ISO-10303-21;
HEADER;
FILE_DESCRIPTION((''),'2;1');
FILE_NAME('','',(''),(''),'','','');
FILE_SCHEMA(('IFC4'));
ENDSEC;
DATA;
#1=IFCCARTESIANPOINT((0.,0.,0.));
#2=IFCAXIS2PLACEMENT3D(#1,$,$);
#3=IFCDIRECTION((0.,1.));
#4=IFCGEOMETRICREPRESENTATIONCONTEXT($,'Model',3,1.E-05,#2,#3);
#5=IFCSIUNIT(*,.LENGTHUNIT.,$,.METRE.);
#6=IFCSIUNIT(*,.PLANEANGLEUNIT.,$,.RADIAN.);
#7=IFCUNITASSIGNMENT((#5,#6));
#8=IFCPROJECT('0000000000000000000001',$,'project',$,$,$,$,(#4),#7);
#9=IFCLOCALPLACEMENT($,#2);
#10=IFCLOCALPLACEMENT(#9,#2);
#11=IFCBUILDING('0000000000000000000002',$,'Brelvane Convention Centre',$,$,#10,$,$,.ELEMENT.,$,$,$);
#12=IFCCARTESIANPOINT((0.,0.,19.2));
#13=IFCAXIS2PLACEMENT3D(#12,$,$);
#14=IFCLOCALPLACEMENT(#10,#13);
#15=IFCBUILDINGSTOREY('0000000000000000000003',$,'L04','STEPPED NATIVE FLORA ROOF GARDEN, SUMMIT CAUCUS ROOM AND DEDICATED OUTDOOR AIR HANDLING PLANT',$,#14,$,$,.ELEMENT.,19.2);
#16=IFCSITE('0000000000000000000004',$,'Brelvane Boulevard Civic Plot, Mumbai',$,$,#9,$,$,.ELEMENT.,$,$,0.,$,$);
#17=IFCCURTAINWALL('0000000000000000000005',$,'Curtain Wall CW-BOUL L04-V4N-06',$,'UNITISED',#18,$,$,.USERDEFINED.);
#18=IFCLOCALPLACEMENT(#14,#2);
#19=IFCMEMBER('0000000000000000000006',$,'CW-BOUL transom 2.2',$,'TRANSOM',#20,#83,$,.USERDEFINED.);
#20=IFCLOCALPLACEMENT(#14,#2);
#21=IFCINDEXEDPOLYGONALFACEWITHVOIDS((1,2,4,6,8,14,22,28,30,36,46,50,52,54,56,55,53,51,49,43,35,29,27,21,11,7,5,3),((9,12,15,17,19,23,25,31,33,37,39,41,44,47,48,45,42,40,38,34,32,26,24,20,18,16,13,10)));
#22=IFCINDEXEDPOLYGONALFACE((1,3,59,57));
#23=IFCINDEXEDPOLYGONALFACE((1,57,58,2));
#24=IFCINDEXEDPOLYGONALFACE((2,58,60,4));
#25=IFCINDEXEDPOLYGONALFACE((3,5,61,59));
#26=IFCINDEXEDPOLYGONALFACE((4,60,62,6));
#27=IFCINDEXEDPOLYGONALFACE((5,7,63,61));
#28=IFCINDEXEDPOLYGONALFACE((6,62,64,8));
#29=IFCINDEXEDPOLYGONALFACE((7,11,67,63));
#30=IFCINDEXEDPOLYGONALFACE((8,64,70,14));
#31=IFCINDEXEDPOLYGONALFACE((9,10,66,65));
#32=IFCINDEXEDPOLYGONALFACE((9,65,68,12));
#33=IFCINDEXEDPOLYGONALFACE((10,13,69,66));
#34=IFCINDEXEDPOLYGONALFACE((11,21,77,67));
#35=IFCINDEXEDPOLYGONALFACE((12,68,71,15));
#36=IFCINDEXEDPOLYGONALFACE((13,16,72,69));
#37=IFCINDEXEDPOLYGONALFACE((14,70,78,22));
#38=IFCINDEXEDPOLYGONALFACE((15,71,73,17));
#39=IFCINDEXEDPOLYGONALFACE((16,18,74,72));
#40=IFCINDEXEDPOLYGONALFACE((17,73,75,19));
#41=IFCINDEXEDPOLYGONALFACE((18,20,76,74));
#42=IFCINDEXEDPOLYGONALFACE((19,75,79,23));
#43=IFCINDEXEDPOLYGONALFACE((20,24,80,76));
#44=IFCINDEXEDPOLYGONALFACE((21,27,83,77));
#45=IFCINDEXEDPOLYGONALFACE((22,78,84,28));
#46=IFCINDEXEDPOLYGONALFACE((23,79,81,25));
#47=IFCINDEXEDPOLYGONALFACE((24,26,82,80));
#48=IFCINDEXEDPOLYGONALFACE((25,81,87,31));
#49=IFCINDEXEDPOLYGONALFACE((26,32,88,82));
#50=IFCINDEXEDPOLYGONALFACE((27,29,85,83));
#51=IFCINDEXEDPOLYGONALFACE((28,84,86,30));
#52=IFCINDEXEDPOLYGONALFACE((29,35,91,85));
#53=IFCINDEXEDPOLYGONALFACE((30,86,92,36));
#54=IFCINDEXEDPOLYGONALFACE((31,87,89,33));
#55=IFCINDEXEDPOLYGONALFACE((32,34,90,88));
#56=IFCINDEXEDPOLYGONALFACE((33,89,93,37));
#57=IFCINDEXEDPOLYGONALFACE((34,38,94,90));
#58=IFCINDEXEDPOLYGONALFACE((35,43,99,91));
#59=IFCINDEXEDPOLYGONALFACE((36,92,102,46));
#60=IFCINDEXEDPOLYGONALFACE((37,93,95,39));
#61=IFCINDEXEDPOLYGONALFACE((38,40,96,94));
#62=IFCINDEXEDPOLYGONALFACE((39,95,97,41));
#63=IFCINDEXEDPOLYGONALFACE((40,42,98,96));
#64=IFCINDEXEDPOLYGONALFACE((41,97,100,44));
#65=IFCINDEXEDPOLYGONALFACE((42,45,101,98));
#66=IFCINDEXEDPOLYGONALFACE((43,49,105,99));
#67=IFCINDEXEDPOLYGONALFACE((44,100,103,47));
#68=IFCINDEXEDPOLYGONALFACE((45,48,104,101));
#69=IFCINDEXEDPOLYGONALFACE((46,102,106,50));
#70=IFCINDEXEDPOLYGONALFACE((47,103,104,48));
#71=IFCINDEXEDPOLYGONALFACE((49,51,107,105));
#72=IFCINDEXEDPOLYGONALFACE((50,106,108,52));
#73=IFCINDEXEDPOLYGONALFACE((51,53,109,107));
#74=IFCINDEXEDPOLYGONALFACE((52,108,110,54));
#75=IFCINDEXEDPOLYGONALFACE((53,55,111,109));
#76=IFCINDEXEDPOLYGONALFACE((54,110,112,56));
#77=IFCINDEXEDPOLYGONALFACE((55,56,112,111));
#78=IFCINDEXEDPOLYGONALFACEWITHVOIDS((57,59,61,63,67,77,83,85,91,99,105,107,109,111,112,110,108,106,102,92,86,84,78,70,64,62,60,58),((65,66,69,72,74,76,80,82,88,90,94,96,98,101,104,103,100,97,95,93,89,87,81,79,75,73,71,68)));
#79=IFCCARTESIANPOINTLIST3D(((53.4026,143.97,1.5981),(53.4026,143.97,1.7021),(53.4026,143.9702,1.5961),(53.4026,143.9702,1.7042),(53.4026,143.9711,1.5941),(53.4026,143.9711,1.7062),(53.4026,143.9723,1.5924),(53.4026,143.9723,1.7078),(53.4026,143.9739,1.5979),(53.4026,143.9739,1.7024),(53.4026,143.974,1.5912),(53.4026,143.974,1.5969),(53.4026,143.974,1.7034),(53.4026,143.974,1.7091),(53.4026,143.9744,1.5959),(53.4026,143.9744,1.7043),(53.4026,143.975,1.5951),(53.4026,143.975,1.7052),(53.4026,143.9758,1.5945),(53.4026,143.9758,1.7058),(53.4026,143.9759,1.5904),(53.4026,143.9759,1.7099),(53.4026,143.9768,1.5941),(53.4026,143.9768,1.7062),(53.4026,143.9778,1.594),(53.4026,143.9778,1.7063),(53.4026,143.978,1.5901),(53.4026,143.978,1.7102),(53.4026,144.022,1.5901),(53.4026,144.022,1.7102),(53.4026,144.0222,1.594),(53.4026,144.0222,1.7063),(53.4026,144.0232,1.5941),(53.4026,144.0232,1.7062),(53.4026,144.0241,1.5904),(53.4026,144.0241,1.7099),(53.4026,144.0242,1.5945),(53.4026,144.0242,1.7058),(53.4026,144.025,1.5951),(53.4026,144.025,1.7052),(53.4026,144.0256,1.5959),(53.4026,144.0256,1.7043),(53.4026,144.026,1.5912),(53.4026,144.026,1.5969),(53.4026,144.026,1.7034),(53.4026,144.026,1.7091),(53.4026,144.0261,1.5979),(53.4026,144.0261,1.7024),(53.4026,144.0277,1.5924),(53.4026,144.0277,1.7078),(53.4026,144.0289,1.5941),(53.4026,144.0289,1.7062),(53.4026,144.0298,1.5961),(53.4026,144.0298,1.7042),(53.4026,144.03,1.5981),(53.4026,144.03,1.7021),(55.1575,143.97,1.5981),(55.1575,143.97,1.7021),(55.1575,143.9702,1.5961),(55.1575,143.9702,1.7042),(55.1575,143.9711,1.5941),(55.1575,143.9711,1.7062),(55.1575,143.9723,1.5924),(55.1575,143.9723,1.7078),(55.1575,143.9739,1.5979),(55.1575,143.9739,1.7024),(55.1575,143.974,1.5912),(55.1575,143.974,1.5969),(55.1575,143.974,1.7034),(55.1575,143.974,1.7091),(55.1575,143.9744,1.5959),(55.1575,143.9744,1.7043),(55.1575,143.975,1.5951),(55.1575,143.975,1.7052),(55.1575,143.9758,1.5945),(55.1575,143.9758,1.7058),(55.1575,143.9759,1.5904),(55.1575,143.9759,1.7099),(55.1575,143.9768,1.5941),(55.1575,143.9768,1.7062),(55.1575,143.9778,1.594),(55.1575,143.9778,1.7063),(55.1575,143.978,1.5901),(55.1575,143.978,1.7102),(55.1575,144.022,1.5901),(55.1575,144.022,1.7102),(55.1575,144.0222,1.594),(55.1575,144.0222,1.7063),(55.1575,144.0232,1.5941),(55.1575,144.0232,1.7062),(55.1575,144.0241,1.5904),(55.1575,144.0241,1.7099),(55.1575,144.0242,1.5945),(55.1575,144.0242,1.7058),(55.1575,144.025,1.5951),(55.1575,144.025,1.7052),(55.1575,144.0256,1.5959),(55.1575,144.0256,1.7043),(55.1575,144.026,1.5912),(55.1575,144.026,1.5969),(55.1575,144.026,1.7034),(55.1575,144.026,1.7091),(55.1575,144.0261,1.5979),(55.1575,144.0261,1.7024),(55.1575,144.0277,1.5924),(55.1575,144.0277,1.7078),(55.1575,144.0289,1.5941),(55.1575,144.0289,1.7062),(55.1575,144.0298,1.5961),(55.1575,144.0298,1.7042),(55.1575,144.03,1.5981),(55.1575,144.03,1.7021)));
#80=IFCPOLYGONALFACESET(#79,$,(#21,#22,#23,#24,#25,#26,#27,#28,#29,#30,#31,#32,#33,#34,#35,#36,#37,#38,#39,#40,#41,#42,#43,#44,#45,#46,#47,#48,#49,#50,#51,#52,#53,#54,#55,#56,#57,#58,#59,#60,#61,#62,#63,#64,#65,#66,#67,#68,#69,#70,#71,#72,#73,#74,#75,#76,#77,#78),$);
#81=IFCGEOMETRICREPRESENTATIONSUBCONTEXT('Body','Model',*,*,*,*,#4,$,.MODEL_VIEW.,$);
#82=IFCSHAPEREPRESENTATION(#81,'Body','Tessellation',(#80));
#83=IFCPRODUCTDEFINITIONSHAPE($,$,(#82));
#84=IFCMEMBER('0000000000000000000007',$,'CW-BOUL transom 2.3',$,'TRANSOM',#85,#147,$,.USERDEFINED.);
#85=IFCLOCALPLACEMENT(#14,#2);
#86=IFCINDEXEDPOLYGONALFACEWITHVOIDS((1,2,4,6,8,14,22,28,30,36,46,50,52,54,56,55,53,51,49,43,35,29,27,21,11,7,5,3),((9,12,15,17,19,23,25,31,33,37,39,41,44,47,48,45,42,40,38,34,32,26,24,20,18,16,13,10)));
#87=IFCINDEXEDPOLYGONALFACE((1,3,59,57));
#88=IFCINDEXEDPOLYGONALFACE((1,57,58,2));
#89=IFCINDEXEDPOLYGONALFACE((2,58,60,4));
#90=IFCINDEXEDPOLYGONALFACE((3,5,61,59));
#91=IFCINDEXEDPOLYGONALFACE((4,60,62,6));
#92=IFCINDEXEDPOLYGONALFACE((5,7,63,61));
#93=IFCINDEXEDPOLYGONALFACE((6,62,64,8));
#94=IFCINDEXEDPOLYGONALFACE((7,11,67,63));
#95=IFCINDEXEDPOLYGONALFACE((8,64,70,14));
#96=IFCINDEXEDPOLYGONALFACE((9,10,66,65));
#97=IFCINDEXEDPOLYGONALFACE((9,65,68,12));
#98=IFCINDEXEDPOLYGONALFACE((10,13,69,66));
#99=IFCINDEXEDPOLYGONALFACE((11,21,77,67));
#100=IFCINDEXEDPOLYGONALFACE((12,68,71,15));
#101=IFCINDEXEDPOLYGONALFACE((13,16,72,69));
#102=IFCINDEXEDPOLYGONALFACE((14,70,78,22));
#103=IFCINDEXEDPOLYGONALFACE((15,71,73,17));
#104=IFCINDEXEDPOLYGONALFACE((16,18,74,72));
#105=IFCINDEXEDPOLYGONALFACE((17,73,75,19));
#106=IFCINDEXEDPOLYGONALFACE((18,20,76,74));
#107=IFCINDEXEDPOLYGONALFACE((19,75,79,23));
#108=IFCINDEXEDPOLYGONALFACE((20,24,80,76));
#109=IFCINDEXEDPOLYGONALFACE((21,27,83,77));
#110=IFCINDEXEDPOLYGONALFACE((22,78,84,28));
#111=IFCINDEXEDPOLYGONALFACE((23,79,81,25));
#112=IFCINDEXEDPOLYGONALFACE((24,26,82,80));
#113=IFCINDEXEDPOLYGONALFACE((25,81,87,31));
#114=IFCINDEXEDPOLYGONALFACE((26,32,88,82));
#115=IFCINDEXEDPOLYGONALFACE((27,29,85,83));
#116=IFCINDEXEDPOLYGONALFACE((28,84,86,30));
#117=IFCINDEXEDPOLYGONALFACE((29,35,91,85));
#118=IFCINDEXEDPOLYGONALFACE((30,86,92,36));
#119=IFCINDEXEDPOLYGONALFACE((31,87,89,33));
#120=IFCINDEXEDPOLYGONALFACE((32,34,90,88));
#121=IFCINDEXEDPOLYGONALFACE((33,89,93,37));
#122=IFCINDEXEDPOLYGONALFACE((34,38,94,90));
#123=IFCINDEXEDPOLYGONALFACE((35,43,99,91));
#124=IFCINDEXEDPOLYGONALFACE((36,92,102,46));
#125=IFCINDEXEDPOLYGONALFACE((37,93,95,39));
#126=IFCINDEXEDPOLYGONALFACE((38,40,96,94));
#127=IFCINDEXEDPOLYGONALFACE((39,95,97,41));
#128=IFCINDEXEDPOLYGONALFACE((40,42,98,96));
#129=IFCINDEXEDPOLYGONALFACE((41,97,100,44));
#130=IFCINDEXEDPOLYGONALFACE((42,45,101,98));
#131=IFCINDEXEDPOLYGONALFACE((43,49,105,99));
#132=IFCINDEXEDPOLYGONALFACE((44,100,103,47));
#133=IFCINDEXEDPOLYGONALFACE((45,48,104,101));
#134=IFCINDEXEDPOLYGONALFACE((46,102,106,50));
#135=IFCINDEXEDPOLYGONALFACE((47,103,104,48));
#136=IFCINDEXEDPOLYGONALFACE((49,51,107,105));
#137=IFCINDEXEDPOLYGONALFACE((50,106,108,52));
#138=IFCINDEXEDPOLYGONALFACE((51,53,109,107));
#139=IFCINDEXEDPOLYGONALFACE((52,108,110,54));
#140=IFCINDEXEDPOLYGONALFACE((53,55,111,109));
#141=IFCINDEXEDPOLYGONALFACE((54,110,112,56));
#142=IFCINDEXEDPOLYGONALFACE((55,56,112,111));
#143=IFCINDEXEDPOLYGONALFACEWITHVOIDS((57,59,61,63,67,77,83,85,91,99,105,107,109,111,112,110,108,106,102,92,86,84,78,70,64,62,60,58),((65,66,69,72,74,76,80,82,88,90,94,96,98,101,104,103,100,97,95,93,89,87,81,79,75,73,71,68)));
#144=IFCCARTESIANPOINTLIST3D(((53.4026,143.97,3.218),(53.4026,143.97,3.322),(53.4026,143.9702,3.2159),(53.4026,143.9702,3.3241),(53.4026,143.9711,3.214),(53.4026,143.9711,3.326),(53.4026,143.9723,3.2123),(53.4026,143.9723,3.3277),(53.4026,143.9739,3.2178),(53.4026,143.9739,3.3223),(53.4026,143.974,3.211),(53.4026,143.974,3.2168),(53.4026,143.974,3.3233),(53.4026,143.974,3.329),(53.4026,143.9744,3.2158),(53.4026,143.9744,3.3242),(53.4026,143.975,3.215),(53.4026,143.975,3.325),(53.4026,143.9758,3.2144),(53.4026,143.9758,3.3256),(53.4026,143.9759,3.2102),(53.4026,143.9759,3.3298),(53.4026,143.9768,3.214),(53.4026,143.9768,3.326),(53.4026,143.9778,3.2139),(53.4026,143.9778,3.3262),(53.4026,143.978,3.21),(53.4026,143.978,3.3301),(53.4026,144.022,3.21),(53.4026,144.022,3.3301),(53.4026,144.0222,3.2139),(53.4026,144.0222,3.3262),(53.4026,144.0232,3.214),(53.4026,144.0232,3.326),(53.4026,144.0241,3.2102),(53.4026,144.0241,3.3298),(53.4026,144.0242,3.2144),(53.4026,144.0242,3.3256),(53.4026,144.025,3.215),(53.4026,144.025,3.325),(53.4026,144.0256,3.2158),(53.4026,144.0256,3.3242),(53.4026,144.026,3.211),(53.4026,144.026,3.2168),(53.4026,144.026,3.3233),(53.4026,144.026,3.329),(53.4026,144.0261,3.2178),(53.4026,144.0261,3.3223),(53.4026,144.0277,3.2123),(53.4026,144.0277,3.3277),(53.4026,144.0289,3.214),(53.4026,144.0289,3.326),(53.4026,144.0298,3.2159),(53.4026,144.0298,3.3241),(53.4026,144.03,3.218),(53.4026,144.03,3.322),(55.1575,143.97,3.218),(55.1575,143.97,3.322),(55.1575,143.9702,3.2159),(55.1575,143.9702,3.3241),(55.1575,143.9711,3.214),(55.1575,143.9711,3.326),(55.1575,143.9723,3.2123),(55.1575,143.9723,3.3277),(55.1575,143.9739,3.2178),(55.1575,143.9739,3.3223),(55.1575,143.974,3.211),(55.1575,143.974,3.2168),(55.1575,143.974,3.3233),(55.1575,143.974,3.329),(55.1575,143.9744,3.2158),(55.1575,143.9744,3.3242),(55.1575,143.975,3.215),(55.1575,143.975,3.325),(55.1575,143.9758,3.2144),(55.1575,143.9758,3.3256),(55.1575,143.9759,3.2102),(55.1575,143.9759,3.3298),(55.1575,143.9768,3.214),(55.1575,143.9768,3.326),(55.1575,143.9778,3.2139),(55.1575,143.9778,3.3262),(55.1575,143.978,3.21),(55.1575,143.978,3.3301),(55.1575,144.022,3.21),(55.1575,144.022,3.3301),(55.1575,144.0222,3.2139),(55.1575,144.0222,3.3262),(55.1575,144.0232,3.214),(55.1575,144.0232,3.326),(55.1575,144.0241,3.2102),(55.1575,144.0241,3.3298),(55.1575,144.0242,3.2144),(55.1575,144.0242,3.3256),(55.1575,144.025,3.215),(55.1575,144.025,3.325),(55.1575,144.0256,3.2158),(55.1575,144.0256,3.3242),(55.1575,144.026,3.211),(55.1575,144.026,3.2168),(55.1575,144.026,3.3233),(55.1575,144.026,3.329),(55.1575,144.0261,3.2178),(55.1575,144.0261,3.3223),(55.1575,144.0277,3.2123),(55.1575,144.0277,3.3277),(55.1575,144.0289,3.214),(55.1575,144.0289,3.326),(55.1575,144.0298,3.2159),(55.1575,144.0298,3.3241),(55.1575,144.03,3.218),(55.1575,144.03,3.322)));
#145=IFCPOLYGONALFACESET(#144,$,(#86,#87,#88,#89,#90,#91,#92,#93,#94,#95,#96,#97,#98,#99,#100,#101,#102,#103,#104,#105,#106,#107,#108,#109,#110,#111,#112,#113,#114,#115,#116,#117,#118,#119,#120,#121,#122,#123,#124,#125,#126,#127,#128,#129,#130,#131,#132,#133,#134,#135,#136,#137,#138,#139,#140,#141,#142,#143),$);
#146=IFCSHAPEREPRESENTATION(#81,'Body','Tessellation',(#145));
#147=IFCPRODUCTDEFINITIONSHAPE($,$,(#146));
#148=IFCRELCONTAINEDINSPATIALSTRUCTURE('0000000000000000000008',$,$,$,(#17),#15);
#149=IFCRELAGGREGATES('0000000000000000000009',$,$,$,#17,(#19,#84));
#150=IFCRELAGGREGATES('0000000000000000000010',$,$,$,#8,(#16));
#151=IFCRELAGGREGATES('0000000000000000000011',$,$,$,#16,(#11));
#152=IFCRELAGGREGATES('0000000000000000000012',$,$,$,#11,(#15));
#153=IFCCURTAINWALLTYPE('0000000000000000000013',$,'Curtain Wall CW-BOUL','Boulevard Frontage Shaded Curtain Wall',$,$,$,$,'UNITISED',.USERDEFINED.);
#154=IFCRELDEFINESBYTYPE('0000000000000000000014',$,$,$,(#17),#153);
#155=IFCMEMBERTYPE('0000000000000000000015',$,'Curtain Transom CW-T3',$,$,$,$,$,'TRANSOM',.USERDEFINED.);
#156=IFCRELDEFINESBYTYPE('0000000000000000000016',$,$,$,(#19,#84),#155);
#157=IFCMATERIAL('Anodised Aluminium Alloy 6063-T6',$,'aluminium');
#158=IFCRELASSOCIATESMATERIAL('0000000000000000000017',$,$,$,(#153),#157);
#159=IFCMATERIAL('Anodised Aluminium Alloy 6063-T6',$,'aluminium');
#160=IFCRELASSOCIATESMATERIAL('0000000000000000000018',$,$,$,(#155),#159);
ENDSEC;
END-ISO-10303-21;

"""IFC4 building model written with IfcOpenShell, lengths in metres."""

from ifc_helpers import new_model, si_unit, direction, frame, origin, origin_2d, place, context, subcontext, project, spatial, hollow_rectangle, extrude, material, material_profile, profile_set, type_object, element, aggregate, save


model = new_model("IFC4")

# Units and contexts
model_context = context("Model", 3, precision=1e-05, world=origin(), true_north=direction((0.0, 1.0)))
body_context = subcontext(model_context, "Body", "Model", "MODEL_VIEW")
ifc_project = project(units=[si_unit("LENGTHUNIT", "METRE"), si_unit("PLANEANGLEUNIT", "RADIAN")], contexts=[model_context])

# Site, building, storey
site_placement = place(None, origin())
site = spatial("IfcSite", under=ifc_project, at=site_placement, Name="Brelvane Boulevard Civic Plot, Mumbai", CompositionType="ELEMENT", RefElevation=0.0)
building_placement = place(site_placement, origin())
building = spatial("IfcBuilding", under=site, at=building_placement, Name="Brelvane Convention Centre", CompositionType="ELEMENT")
storey_placement = place(building_placement, frame((0.0, 0.0, 19.2)))
storey = spatial("IfcBuildingStorey", under=building, at=storey_placement, Name="L04", Description="STEPPED NATIVE FLORA ROOF GARDEN, SUMMIT CAUCUS ROOM AND DEDICATED OUTDOOR AIR HANDLING PLANT", CompositionType="ELEMENT", Elevation=19.2)

# Shared definitions
ifc_material_1 = material(Name="Anodised Aluminium Alloy 6063-T6", Category="aluminium")
curtain_wall_type = type_object("IfcCurtainWallType", Name="Curtain Wall CW-BOUL", Description="Boulevard Frontage Shaded Curtain Wall", ElementType="UNITISED", PredefinedType="USERDEFINED", material=ifc_material_1)

# Curtain wall
curtain_wall_1_placement = place(storey_placement, origin())
curtain_wall_1 = element("IfcCurtainWall", 1, at=curtain_wall_1_placement, inside=storey, type_object=curtain_wall_type, Name="Curtain Wall CW-BOUL L04-V4N-06", ObjectType="UNITISED", PredefinedType="USERDEFINED")

# Members
ifc_material_2 = material(Name="Anodised Aluminium Alloy 6063-T6", Category="aluminium")
ifc_material_profile_1 = material_profile(ifc_material_2, hollow_rectangle(XDim=0.0601, YDim=0.1201, WallThickness=0.0039, InnerFilletRadius=0.0039, OuterFilletRadius=0.0081, at=origin_2d()), Name="ALU-T 120x60x4.0")
ifc_profile_set_1 = profile_set([ifc_material_profile_1], Name="Anodised Aluminium Alloy 6063-T6")
member_type_1 = type_object("IfcMemberType", Name="Curtain Transom CW-T3", ElementType="TRANSOM", PredefinedType="USERDEFINED", material=ifc_profile_set_1)
member_1_placement = place(storey_placement, frame((53.4026, 144.0, 1.6501), z_axis=(1.0, 0.0, 0.0), x_axis=(0.0, 1.0, 0.0)))
member_1 = element("IfcMember", 2, at=member_1_placement, type_object=member_type_1, Name="CW-BOUL transom 2.2", ObjectType="TRANSOM", PredefinedType="USERDEFINED", context=body_context, shape_type="SweptSolid", body=[
    extrude(hollow_rectangle(XDim=0.0601, YDim=0.1201, WallThickness=0.0039, InnerFilletRadius=0.0039, OuterFilletRadius=0.0081, at=origin_2d()), origin(), (0.0, 0.0, 1.0), 1.7549),
])
member_2_placement = place(storey_placement, frame((53.4026, 144.0, 3.27), z_axis=(1.0, 0.0, 0.0), x_axis=(0.0, 1.0, 0.0)))
member_2 = element("IfcMember", 3, at=member_2_placement, type_object=member_type_1, Name="CW-BOUL transom 2.3", ObjectType="TRANSOM", PredefinedType="USERDEFINED", context=body_context, shape_type="SweptSolid", body=[
    extrude(hollow_rectangle(XDim=0.0601, YDim=0.1201, WallThickness=0.0039, InnerFilletRadius=0.0039, OuterFilletRadius=0.0081, at=origin_2d()), origin(), (0.0, 0.0, 1.0), 1.7549),
])

aggregate(curtain_wall_1, [member_1, member_2])

save(model, "model.ifc")
